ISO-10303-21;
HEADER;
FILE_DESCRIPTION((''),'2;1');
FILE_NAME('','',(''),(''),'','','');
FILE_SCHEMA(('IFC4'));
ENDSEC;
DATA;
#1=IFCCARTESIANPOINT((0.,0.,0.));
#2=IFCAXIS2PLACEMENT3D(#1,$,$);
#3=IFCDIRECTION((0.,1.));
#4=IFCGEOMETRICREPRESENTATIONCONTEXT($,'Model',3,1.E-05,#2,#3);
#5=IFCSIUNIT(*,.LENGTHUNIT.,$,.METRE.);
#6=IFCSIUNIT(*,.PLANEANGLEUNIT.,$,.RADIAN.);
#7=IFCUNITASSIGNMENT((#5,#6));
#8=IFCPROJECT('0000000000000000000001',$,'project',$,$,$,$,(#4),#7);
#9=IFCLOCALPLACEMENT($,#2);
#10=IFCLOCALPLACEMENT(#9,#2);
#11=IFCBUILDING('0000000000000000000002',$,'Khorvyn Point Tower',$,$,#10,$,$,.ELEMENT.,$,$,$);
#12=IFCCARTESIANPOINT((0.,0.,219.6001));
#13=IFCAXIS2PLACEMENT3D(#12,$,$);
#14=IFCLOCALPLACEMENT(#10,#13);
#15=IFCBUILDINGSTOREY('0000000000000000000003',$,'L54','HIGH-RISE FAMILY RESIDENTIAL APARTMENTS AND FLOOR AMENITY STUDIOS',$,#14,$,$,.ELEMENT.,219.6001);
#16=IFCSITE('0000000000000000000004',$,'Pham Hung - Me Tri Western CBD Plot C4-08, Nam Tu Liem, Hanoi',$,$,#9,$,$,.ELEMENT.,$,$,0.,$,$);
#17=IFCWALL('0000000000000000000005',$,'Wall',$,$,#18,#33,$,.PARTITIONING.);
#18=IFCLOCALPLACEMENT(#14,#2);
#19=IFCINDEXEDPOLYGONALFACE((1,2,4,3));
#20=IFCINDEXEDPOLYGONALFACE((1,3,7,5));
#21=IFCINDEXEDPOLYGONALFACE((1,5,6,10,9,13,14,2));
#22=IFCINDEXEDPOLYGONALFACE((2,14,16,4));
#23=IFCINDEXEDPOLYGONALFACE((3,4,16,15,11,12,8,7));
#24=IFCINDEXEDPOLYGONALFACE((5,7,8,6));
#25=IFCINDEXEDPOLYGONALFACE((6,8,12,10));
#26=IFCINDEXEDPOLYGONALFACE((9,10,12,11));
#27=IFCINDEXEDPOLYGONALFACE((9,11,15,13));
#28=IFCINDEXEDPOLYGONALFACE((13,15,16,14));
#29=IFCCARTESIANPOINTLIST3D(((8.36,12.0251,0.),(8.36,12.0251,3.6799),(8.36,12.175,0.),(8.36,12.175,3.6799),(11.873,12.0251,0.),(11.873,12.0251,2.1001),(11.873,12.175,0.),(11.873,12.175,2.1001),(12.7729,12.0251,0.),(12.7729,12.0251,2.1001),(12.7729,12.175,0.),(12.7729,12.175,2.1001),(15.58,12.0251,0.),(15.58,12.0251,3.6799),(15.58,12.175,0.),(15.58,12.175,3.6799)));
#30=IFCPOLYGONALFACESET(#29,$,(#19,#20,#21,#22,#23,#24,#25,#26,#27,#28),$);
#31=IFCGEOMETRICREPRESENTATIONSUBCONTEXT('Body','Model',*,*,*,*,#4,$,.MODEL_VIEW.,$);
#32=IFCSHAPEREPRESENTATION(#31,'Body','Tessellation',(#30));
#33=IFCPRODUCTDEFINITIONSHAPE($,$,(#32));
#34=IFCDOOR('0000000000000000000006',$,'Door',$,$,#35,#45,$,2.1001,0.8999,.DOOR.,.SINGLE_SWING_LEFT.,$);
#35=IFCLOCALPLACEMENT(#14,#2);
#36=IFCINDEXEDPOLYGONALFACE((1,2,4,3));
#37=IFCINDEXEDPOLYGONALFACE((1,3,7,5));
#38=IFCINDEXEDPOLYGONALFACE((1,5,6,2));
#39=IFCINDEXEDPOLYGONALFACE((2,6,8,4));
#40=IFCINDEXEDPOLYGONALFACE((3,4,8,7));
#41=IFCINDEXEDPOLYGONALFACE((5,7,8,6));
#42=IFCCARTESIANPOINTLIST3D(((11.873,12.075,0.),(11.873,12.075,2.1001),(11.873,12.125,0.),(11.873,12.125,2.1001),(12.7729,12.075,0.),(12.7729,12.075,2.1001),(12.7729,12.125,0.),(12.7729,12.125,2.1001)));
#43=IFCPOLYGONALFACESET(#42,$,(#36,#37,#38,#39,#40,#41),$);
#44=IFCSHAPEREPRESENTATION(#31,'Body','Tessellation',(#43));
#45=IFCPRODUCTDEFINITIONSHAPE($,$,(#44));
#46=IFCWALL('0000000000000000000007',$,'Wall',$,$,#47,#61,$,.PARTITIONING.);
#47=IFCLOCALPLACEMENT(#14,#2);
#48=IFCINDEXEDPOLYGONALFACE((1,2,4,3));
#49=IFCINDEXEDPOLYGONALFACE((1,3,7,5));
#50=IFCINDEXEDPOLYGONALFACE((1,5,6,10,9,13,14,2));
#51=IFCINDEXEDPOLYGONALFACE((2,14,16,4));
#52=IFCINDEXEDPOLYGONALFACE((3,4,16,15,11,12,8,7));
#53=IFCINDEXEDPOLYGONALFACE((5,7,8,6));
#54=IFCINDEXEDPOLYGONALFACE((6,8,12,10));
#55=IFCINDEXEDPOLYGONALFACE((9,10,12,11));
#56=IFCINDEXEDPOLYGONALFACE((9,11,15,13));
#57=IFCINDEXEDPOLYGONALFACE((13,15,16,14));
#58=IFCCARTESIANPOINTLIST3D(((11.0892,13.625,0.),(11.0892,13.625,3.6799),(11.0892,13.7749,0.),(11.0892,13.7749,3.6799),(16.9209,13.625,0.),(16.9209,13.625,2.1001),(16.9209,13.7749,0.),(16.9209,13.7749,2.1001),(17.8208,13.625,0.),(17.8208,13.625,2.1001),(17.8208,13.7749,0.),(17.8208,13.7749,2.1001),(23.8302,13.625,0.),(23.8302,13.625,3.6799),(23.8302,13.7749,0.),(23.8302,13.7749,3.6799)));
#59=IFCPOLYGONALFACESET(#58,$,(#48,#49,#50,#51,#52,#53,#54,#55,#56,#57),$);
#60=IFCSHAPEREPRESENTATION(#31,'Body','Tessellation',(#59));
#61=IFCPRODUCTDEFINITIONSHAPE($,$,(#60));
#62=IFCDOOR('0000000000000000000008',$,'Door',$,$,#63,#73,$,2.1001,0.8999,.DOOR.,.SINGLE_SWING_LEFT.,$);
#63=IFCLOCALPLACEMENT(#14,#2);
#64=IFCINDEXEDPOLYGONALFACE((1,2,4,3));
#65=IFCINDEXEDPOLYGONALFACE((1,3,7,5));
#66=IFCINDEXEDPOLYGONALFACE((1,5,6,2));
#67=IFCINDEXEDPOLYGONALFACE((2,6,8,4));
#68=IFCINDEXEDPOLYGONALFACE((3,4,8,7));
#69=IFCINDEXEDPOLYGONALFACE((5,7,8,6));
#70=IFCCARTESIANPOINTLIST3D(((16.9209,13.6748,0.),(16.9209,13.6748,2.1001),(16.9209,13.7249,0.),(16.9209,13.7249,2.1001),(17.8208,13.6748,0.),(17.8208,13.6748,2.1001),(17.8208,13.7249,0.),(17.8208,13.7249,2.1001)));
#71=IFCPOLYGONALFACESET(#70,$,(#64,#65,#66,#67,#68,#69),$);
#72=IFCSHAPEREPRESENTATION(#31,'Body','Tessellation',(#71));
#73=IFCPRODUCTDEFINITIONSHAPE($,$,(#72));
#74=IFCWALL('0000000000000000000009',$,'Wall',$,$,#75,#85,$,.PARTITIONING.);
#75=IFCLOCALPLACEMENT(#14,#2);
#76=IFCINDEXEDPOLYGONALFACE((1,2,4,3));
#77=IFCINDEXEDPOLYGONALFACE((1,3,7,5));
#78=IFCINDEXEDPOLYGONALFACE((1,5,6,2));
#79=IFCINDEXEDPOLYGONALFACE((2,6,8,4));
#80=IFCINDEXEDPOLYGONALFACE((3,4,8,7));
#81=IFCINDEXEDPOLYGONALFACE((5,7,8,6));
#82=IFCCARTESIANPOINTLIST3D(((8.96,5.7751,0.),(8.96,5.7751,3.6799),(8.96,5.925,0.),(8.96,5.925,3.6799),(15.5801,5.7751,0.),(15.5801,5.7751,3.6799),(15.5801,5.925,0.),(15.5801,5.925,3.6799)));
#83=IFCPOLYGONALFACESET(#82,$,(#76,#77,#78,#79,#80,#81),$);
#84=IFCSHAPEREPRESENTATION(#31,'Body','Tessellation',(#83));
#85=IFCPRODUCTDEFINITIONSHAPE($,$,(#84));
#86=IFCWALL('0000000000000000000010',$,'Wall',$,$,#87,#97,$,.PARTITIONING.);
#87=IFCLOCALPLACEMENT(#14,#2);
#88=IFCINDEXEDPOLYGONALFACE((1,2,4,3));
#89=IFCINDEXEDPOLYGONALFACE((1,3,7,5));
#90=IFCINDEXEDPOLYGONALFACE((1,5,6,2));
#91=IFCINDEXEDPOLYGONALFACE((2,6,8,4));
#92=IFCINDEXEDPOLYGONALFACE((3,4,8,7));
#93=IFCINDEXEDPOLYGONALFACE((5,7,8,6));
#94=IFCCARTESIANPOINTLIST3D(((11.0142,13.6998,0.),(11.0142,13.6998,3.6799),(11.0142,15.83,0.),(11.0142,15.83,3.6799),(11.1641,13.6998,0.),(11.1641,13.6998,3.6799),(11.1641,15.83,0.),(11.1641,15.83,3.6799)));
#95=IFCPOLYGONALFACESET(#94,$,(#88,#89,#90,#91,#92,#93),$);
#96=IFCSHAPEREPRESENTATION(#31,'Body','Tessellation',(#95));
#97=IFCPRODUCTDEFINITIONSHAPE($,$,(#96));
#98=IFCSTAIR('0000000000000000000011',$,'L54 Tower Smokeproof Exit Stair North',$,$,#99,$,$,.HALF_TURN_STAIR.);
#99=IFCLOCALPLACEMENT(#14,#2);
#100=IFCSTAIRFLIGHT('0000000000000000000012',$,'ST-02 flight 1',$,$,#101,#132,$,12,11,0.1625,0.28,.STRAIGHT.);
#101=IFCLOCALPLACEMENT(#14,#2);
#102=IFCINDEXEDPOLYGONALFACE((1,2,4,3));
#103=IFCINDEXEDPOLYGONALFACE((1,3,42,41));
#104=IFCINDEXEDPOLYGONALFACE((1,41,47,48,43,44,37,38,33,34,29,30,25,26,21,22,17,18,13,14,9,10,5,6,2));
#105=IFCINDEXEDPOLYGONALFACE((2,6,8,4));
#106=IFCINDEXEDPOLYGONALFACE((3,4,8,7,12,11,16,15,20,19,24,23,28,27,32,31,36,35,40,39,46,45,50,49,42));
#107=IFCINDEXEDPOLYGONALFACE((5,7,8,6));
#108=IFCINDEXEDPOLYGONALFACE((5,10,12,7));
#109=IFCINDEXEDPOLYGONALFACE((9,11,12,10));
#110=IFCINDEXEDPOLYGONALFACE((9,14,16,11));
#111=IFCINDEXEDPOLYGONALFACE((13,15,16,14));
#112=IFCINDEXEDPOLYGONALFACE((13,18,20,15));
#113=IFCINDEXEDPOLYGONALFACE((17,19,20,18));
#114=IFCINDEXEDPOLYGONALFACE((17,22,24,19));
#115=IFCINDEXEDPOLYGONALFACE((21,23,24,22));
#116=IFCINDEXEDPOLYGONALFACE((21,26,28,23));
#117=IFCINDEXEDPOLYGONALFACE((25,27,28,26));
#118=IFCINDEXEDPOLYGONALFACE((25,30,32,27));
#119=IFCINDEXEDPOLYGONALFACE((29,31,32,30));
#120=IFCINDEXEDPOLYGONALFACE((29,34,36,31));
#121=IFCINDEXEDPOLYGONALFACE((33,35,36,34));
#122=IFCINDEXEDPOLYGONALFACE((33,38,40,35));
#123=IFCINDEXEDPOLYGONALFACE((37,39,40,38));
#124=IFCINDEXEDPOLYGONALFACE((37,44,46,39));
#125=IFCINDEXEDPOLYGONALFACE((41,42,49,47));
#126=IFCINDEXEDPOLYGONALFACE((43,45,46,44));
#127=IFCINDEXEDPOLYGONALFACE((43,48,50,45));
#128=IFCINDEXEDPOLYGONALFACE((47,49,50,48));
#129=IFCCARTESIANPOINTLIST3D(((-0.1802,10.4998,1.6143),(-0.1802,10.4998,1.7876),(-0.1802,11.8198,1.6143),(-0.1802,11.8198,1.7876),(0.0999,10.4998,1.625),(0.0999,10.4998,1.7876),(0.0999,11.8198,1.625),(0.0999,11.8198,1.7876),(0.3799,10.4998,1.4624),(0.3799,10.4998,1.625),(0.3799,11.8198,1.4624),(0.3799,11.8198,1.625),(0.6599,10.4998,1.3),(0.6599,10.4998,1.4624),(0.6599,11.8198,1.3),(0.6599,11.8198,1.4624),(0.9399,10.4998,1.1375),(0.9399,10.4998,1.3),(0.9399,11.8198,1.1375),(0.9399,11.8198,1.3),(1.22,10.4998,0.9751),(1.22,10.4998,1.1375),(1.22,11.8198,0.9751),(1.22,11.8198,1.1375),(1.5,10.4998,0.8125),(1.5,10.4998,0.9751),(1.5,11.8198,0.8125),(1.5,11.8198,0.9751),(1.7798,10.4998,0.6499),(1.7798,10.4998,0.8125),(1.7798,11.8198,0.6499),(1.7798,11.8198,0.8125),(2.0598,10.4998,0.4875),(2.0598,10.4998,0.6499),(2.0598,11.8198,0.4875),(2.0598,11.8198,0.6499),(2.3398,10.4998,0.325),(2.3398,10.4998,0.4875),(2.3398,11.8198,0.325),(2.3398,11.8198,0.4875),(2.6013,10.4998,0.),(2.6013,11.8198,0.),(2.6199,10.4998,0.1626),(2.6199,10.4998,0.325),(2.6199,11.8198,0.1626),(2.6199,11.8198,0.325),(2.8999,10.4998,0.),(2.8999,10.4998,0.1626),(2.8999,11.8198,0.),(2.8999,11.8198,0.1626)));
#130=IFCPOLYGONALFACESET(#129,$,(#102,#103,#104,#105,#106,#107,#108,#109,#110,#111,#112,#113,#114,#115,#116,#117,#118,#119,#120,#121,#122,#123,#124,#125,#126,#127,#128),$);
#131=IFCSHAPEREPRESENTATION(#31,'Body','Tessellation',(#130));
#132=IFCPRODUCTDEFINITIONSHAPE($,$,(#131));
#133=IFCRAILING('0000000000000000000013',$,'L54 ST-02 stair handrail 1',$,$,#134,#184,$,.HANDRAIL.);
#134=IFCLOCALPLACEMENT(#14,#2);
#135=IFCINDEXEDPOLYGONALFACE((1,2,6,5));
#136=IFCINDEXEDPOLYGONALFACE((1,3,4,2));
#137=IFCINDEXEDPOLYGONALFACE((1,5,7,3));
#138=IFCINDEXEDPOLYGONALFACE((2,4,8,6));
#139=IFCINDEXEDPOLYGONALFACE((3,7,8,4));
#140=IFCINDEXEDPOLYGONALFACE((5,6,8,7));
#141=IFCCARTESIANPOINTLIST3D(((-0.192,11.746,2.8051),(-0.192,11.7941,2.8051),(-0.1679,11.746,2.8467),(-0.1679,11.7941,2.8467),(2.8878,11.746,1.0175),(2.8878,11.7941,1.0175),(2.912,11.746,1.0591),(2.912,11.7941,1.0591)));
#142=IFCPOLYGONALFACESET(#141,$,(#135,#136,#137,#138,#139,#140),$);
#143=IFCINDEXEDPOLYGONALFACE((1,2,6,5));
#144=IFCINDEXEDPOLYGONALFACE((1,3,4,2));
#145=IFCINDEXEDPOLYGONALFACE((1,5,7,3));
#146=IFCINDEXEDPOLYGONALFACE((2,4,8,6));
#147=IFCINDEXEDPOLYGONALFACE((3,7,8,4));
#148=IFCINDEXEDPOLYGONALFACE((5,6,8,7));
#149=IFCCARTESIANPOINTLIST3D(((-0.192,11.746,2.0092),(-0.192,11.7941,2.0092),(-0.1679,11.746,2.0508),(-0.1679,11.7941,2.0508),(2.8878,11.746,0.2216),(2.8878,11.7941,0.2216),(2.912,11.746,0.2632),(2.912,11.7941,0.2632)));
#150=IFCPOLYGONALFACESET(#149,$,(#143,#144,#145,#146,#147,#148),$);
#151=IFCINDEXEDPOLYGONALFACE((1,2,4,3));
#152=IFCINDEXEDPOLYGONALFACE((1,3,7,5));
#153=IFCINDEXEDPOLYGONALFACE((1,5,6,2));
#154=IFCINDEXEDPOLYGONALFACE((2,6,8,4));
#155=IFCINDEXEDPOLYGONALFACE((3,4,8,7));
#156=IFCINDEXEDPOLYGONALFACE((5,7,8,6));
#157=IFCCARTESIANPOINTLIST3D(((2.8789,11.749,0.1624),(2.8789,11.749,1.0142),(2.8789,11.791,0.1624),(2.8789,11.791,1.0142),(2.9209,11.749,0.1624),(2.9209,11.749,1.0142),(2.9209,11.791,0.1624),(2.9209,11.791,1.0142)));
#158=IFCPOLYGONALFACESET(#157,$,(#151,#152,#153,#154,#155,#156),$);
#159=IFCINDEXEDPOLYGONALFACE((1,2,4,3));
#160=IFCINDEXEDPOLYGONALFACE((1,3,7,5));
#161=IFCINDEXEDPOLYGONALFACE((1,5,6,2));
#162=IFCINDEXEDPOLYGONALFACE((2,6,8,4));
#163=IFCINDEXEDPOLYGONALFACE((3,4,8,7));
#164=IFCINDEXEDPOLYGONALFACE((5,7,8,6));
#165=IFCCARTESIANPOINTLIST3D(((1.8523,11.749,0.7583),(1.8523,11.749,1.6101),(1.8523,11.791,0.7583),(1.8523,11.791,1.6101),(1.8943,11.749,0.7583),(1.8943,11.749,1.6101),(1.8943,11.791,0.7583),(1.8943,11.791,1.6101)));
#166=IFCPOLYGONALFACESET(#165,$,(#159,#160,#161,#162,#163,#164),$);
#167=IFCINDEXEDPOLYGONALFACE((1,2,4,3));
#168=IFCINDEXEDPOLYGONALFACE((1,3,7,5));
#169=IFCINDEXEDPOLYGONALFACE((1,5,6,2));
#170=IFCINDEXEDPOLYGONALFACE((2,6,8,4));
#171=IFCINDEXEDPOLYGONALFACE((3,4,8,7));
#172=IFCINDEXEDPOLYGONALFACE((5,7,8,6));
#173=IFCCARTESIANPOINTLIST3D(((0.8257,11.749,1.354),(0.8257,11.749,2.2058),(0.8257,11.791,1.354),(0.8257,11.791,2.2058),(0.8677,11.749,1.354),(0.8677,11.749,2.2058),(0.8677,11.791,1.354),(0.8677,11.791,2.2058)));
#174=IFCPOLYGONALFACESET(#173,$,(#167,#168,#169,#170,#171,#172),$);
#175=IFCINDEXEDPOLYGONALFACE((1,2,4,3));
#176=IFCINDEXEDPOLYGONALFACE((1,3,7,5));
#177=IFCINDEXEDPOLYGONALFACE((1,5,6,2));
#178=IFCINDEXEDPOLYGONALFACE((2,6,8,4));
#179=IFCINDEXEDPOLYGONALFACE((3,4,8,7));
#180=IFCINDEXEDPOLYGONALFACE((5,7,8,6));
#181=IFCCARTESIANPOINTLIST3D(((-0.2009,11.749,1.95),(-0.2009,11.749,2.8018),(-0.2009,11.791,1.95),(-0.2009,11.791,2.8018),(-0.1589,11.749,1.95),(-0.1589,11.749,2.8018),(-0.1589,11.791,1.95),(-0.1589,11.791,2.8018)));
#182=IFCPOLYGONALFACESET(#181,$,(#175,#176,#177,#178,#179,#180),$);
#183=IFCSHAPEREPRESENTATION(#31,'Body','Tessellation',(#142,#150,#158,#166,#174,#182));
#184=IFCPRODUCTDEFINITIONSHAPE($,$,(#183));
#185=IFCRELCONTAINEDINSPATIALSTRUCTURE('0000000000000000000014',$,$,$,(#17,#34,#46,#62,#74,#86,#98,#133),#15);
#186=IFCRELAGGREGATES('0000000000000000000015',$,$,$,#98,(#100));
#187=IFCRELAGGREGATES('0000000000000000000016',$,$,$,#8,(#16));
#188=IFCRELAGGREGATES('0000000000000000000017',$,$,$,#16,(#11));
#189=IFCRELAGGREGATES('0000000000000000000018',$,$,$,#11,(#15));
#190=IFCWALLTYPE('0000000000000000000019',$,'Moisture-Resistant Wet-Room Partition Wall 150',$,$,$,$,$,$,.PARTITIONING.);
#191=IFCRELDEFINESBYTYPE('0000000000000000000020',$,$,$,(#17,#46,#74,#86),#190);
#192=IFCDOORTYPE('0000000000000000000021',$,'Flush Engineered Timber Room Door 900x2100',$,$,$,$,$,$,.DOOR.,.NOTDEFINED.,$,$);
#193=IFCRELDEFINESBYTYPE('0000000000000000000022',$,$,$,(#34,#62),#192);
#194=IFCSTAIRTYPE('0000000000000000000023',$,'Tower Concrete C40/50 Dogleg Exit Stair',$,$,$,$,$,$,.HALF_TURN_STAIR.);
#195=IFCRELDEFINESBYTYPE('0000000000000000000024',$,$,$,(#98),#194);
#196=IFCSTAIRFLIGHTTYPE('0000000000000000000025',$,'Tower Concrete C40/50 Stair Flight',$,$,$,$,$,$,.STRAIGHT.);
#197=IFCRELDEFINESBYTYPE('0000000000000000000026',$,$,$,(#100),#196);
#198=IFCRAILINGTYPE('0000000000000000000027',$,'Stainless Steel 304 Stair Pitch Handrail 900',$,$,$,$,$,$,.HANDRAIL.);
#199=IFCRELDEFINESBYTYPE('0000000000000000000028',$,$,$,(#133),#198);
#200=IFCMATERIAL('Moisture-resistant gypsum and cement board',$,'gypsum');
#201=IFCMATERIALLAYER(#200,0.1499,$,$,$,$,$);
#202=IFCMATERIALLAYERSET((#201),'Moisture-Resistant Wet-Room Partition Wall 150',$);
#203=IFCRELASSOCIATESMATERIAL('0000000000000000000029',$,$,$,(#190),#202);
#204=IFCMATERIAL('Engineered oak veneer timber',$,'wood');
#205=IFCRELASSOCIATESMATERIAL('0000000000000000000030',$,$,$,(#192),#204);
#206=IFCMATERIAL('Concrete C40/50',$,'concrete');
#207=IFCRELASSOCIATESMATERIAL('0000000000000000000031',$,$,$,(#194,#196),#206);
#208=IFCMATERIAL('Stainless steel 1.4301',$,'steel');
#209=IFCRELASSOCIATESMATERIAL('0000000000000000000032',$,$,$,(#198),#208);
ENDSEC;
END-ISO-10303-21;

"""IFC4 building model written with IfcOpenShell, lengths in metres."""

from ifc_helpers import new_model, si_unit, direction, frame, frame_2d, origin, origin_2d, place, context, subcontext, project, spatial, polyline, rectangle, outline, extrude, material, layer, layer_set, type_object, element, fill, aggregate, save


model = new_model("IFC4")

# Units and contexts
model_context = context("Model", 3, precision=1e-05, world=origin(), true_north=direction((0.0, 1.0)))
body_context = subcontext(model_context, "Body", "Model", "MODEL_VIEW")
ifc_project = project(units=[si_unit("LENGTHUNIT", "METRE"), si_unit("PLANEANGLEUNIT", "RADIAN")], contexts=[model_context])

# Site, building, storey
site_placement = place(None, origin())
site = spatial("IfcSite", under=ifc_project, at=site_placement, Name="Pham Hung - Me Tri Western CBD Plot C4-08, Nam Tu Liem, Hanoi", CompositionType="ELEMENT", RefElevation=0.0)
building_placement = place(site_placement, origin())
building = spatial("IfcBuilding", under=site, at=building_placement, Name="Khorvyn Point Tower", CompositionType="ELEMENT")
storey_placement = place(building_placement, frame((0.0, 0.0, 219.6001)))
storey = spatial("IfcBuildingStorey", under=building, at=storey_placement, Name="L54", Description="HIGH-RISE FAMILY RESIDENTIAL APARTMENTS AND FLOOR AMENITY STUDIOS", CompositionType="ELEMENT", Elevation=219.6001)

# Shared definitions
ifc_material_1 = material(Name="Concrete C40/50", Category="concrete")

# Walls, openings, doors
ifc_material_2 = material(Name="Moisture-resistant gypsum and cement board", Category="gypsum")
ifc_layer_1 = layer(ifc_material_2, 0.1499)
ifc_layer_set_1 = layer_set([ifc_layer_1], Name="Moisture-Resistant Wet-Room Partition Wall 150")
wall_type_1 = type_object("IfcWallType", Name="Moisture-Resistant Wet-Room Partition Wall 150", PredefinedType="PARTITIONING", material=ifc_layer_set_1)
wall_1_placement = place(storey_placement, frame((8.3601, 12.1001, 0.0), z_axis=(0.0, 0.0, 1.0), x_axis=(1.0, 0.0, 0.0)))
wall_1 = element("IfcWall", 1, at=wall_1_placement, inside=storey, type_object=wall_type_1, Name="Wall", PredefinedType="PARTITIONING", context=body_context, shape_type="SweptSolid", body=[
    extrude(rectangle(XDim=7.22, YDim=0.1499, at=frame_2d((3.6099, 0.0))), origin(), (0.0, 0.0, 1.0), 3.6799),
])
opening_1_placement = place(wall_1_placement, frame((3.5129, 0.0, 0.0)))
opening_1 = element("IfcOpeningElement", 2, at=opening_1_placement, cuts=wall_1, PredefinedType="OPENING", context=body_context, shape_type="SweptSolid", body=[
    extrude(rectangle(XDim=0.8999, YDim=2.1001, at=frame_2d((0.45, 1.05))), frame((0.0, 0.085, 0.0), z_axis=(0.0, -1.0, 0.0), x_axis=(1.0, 0.0, 0.0)), (0.0, 0.0, 1.0), 0.1699),
])
ifc_material_3 = material(Name="Engineered oak veneer timber", Category="wood")
door_type_1 = type_object("IfcDoorType", Name="Flush Engineered Timber Room Door 900x2100", OperationType="NOTDEFINED", PredefinedType="DOOR", material=ifc_material_3)
door_1_placement = place(opening_1_placement, origin())
door_1 = element("IfcDoor", 3, at=door_1_placement, inside=storey, type_object=door_type_1, Name="Door", OperationType="SINGLE_SWING_LEFT", OverallHeight=2.1001, OverallWidth=0.8999, PredefinedType="DOOR", context=body_context, shape_type="SweptSolid", body=[
    extrude(rectangle(XDim=0.8999, YDim=2.1001, at=frame_2d((0.45, 1.05))), frame((0.0, 0.0249, 0.0), z_axis=(0.0, -1.0, 0.0), x_axis=(1.0, 0.0, 0.0)), (0.0, 0.0, 1.0), 0.05),
])
fill(opening_1, door_1)
wall_2_placement = place(storey_placement, frame((11.0891, 13.7, 0.0), z_axis=(0.0, 0.0, 1.0), x_axis=(1.0, 0.0, 0.0)))
wall_2 = element("IfcWall", 4, at=wall_2_placement, inside=storey, type_object=wall_type_1, Name="Wall", PredefinedType="PARTITIONING", context=body_context, shape_type="SweptSolid", body=[
    extrude(rectangle(XDim=12.741, YDim=0.1499, at=frame_2d((6.3706, 0.0))), origin(), (0.0, 0.0, 1.0), 3.6799),
])
opening_2_placement = place(wall_2_placement, frame((5.8318, 0.0, 0.0)))
opening_2 = element("IfcOpeningElement", 5, at=opening_2_placement, cuts=wall_2, PredefinedType="OPENING", context=body_context, shape_type="SweptSolid", body=[
    extrude(rectangle(XDim=0.8999, YDim=2.1001, at=frame_2d((0.45, 1.05))), frame((0.0, 0.085, 0.0), z_axis=(0.0, -1.0, 0.0), x_axis=(1.0, 0.0, 0.0)), (0.0, 0.0, 1.0), 0.1699),
])
door_2_placement = place(opening_2_placement, origin())
door_2 = element("IfcDoor", 6, at=door_2_placement, inside=storey, type_object=door_type_1, Name="Door", OperationType="SINGLE_SWING_LEFT", OverallHeight=2.1001, OverallWidth=0.8999, PredefinedType="DOOR", context=body_context, shape_type="SweptSolid", body=[
    extrude(rectangle(XDim=0.8999, YDim=2.1001, at=frame_2d((0.45, 1.05))), frame((0.0, 0.0249, 0.0), z_axis=(0.0, -1.0, 0.0), x_axis=(1.0, 0.0, 0.0)), (0.0, 0.0, 1.0), 0.05),
])
fill(opening_2, door_2)

# Walls
wall_3_placement = place(storey_placement, frame((8.96, 5.8501, 0.0), z_axis=(0.0, 0.0, 1.0), x_axis=(1.0, 0.0, 0.0)))
element("IfcWall", 7, at=wall_3_placement, inside=storey, type_object=wall_type_1, Name="Wall", PredefinedType="PARTITIONING", context=body_context, shape_type="SweptSolid", body=[
    extrude(rectangle(XDim=6.6201, YDim=0.1499, at=frame_2d((3.3101, 0.0))), origin(), (0.0, 0.0, 1.0), 3.6799),
])
wall_4_placement = place(storey_placement, frame((11.0891, 13.7, 0.0), z_axis=(0.0, 0.0, 1.0), x_axis=(0.0, 1.0, 0.0)))
element("IfcWall", 8, at=wall_4_placement, inside=storey, type_object=wall_type_1, Name="Wall", PredefinedType="PARTITIONING", context=body_context, shape_type="SweptSolid", body=[
    extrude(rectangle(XDim=2.1301, YDim=0.1499, at=frame_2d((1.0649, 0.0))), origin(), (0.0, 0.0, 1.0), 3.6799),
])

# Stair, stair flight
stair_type = type_object("IfcStairType", Name="Tower Concrete C40/50 Dogleg Exit Stair", PredefinedType="HALF_TURN_STAIR", material=ifc_material_1)
stair_placement = place(storey_placement, origin())
stair = element("IfcStair", 9, at=stair_placement, inside=storey, type_object=stair_type, Name="L54 Tower Smokeproof Exit Stair North", PredefinedType="HALF_TURN_STAIR")
stair_flight_type = type_object("IfcStairFlightType", Name="Tower Concrete C40/50 Stair Flight", PredefinedType="STRAIGHT", material=ifc_material_1)
stair_flight_placement = place(storey_placement, frame((2.8999, 11.1599, 0.0), z_axis=(0.0, 0.0, 1.0), x_axis=(-1.0, 0.0, 0.0)))
stair_flight = element("IfcStairFlight", 10, at=stair_flight_placement, type_object=stair_flight_type, Name="ST-02 flight 1", NumberOfRisers=12, NumberOfTreads=11, PredefinedType="STRAIGHT", RiserHeight=0.1625, TreadLength=0.28, context=body_context, shape_type="SweptSolid", body=[
    extrude(outline(polyline([(0.0, 0.0), (0.0, 0.1626), (0.28, 0.1626), (0.28, 0.325), (0.5601, 0.325), (0.5601, 0.4875), (0.8401, 0.4875), (0.8401, 0.6499), (1.1201, 0.6499), (1.1201, 0.8125), (1.3999, 0.8125), (1.3999, 0.9751), (1.6799, 0.9751), (1.6799, 1.1375), (1.96, 1.1375), (1.96, 1.3), (2.24, 1.3), (2.24, 1.4624), (2.52, 1.4624), (2.52, 1.625), (2.8, 1.625), (2.8, 1.7876), (3.0801, 1.7876), (3.0801, 1.95), (3.0801, 1.6143), (0.2986, 0.0), (0.0, 0.0)])), frame((0.0, 0.6602, 0.0), z_axis=(0.0, -1.0, 0.0), x_axis=(1.0, 0.0, 0.0)), (0.0, 0.0, 1.0), 1.3201),
])
aggregate(stair, [stair_flight])

# Railing
ifc_material_4 = material(Name="Stainless steel 1.4301", Category="steel")
railing_type_1 = type_object("IfcRailingType", Name="Stainless Steel 304 Stair Pitch Handrail 900", PredefinedType="HANDRAIL", material=ifc_material_4)
railing_1_placement = place(storey_placement, frame((2.8999, 11.77, 0.1624)))
element("IfcRailing", 11, at=railing_1_placement, inside=storey, type_object=railing_type_1, Name="L54 ST-02 stair handrail 1", PredefinedType="HANDRAIL", context=body_context, shape_type="SweptSolid", body=[
    extrude(rectangle(XDim=0.0481, YDim=0.0481, at=origin_2d()), frame((0.0, 0.0, 0.876), z_axis=(-0.864873, 0.0, 0.50199), x_axis=(0.0, -1.0, 0.0)), (0.0, 0.0, 1.0), 3.561),
    extrude(rectangle(XDim=0.0481, YDim=0.0481, at=origin_2d()), frame((0.0, 0.0, 0.0801), z_axis=(-0.864873, 0.0, 0.50199), x_axis=(0.0, -1.0, 0.0)), (0.0, 0.0, 1.0), 3.561),
    extrude(rectangle(XDim=0.042, YDim=0.042, at=origin_2d()), origin(), (0.0, 0.0, 1.0), 0.8518),
    extrude(rectangle(XDim=0.042, YDim=0.042, at=origin_2d()), frame((-1.0266, 0.0, 0.5959)), (0.0, 0.0, 1.0), 0.8518),
    extrude(rectangle(XDim=0.042, YDim=0.042, at=origin_2d()), frame((-2.0532, 0.0, 1.1917)), (0.0, 0.0, 1.0), 0.8518),
    extrude(rectangle(XDim=0.042, YDim=0.042, at=origin_2d()), frame((-3.0798, 0.0, 1.7876)), (0.0, 0.0, 1.0), 0.8518),
])

save(model, "model.ifc")
